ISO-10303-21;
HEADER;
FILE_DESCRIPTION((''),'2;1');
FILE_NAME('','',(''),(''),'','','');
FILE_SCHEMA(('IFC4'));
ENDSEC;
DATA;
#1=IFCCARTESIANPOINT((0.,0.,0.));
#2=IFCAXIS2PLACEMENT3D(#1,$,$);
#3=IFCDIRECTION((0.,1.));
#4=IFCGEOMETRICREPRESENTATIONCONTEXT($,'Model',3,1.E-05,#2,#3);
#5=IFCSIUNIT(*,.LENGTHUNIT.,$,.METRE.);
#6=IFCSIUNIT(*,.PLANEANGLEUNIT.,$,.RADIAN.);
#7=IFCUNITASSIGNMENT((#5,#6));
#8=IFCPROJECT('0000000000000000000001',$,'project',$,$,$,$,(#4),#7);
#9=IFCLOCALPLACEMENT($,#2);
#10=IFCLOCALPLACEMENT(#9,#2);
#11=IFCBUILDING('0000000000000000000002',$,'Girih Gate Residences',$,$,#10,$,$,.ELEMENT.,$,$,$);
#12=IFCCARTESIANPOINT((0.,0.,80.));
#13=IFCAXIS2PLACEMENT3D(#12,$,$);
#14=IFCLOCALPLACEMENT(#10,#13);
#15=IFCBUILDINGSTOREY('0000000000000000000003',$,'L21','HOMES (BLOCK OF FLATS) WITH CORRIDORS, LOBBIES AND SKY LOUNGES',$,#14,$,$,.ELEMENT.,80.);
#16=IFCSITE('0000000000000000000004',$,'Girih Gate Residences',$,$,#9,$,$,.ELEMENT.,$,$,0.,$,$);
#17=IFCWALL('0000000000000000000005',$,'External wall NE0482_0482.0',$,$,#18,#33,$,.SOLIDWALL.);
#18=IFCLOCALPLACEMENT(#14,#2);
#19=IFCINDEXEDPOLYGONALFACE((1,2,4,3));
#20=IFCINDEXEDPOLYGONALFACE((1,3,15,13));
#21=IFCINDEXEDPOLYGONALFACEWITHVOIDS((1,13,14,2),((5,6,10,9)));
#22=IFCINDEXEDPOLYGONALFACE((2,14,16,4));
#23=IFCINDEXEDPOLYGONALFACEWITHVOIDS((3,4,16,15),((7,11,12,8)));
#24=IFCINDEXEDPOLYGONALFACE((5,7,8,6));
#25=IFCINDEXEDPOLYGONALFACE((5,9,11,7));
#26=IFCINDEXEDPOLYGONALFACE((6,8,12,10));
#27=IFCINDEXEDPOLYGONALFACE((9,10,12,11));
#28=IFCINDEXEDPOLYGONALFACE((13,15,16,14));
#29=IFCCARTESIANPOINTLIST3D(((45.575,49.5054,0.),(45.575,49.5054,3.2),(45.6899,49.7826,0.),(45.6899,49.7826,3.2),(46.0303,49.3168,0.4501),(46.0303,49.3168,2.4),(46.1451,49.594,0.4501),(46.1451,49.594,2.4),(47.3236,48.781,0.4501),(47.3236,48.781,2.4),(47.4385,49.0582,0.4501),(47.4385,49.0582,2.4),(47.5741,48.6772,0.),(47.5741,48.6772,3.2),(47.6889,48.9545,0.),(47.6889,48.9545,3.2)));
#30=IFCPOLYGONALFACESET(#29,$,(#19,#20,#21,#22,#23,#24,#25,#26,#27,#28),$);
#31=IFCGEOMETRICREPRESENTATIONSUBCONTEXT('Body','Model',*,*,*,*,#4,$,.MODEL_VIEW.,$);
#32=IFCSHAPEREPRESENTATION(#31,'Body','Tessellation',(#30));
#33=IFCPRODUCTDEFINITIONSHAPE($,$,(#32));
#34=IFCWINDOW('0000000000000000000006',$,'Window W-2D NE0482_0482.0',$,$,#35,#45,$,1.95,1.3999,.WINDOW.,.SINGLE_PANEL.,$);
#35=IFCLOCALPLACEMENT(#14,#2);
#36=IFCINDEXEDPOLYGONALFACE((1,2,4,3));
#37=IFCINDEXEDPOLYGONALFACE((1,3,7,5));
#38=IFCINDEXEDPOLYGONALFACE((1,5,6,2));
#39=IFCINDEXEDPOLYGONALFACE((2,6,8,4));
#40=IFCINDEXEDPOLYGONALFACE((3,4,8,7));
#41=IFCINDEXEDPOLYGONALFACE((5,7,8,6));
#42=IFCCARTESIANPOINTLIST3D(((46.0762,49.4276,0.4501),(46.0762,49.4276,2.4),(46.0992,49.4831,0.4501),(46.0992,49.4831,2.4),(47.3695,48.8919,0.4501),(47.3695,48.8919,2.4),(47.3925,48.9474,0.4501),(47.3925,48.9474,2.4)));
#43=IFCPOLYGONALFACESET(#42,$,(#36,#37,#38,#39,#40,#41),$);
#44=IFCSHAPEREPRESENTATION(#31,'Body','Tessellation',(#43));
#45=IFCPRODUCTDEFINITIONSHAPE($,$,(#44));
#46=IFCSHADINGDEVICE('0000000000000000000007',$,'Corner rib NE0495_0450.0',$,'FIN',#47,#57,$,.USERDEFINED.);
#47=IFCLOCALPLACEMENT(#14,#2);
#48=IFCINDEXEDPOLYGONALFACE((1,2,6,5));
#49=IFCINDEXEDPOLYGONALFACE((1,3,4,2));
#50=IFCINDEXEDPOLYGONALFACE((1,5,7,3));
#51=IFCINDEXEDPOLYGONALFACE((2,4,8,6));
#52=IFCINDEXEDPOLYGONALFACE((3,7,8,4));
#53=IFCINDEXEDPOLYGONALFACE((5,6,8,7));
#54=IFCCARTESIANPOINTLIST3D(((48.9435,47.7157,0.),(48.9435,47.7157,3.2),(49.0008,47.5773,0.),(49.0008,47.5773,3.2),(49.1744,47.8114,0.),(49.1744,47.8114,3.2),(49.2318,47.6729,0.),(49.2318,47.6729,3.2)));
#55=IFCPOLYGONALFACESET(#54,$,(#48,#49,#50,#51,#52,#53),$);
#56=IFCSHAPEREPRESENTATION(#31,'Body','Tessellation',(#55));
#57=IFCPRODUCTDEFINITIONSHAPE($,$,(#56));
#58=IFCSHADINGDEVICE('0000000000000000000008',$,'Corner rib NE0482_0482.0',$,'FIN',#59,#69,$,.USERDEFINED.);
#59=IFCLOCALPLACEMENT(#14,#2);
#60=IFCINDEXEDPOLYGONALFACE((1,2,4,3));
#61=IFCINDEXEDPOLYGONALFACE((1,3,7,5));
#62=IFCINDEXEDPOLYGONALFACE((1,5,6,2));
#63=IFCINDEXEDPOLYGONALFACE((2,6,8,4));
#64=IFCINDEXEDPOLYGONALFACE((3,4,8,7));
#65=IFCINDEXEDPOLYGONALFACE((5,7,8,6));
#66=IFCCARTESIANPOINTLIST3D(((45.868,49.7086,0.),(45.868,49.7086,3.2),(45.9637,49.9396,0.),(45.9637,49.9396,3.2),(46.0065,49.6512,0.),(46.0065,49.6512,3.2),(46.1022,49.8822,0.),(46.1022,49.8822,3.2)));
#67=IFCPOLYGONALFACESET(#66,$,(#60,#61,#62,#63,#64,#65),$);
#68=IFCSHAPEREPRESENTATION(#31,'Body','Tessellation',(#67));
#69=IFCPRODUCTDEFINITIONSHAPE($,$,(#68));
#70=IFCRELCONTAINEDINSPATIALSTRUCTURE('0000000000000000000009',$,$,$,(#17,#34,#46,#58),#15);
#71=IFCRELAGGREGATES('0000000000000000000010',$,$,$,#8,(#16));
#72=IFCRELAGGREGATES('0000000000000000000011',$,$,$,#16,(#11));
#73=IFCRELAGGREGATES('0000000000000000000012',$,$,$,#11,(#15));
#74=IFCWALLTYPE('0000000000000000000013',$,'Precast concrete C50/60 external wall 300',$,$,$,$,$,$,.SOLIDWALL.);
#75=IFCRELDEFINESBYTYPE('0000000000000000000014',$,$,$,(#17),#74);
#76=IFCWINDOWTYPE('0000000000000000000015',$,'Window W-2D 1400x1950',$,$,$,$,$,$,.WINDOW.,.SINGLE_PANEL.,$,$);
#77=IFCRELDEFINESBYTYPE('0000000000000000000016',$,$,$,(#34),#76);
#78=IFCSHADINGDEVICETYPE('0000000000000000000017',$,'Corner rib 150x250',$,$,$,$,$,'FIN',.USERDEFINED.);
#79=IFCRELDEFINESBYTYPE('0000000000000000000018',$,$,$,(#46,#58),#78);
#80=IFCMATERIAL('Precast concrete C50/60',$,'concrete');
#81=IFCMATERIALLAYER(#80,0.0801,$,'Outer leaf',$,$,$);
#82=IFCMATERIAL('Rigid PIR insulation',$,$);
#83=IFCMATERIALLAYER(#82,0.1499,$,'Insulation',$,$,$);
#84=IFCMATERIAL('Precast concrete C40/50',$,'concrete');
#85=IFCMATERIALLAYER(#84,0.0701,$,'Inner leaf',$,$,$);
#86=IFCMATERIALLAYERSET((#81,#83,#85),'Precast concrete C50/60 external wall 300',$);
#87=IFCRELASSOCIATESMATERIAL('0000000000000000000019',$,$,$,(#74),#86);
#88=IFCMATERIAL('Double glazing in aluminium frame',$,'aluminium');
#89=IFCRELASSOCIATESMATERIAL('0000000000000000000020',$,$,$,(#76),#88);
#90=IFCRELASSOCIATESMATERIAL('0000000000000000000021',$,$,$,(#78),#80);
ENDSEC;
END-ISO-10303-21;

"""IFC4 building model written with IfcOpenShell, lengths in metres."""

from ifc_helpers import new_model, si_unit, direction, frame, frame_2d, origin, origin_2d, place, context, subcontext, project, spatial, rectangle, extrude, material, layer, layer_set, type_object, element, fill, save


model = new_model("IFC4")

# Units and contexts
model_context = context("Model", 3, precision=1e-05, world=origin(), true_north=direction((0.0, 1.0)))
body_context = subcontext(model_context, "Body", "Model", "MODEL_VIEW")
ifc_project = project(units=[si_unit("LENGTHUNIT", "METRE"), si_unit("PLANEANGLEUNIT", "RADIAN")], contexts=[model_context])

# Site, building, storey
site_placement = place(None, origin())
site = spatial("IfcSite", under=ifc_project, at=site_placement, Name="Girih Gate Residences", CompositionType="ELEMENT", RefElevation=0.0)
building_placement = place(site_placement, origin())
building = spatial("IfcBuilding", under=site, at=building_placement, Name="Girih Gate Residences", CompositionType="ELEMENT")
storey_placement = place(building_placement, frame((0.0, 0.0, 80.0)))
storey = spatial("IfcBuildingStorey", under=building, at=storey_placement, Name="L21", Description="HOMES (BLOCK OF FLATS) WITH CORRIDORS, LOBBIES AND SKY LOUNGES", CompositionType="ELEMENT", Elevation=80.0)

# Wall, opening, window
ifc_material_1 = material(Name="Precast concrete C50/60", Category="concrete")
ifc_layer_1 = layer(ifc_material_1, 0.0801, Name="Outer leaf")
ifc_material_2 = material(Name="Rigid PIR insulation")
ifc_layer_2 = layer(ifc_material_2, 0.1499, Name="Insulation")
ifc_material_3 = material(Name="Precast concrete C40/50", Category="concrete")
ifc_layer_3 = layer(ifc_material_3, 0.0701, Name="Inner leaf")
ifc_layer_set_1 = layer_set([ifc_layer_1, ifc_layer_2, ifc_layer_3], Name="Precast concrete C50/60 external wall 300")
wall_type_1 = type_object("IfcWallType", Name="Precast concrete C50/60 external wall 300", PredefinedType="SOLIDWALL", material=ifc_layer_set_1)
ifc_material_4 = material(Name="Double glazing in aluminium frame", Category="aluminium")
window_type_1 = type_object("IfcWindowType", Name="Window W-2D 1400x1950", PartitioningType="SINGLE_PANEL", PredefinedType="WINDOW", material=ifc_material_4)
wall_1_placement = place(storey_placement, frame((45.6323, 49.644, 0.0), z_axis=(0.0, 0.0, 1.0), x_axis=(0.923863, -0.382724, 0.0)))
wall_1 = element("IfcWall", 1, at=wall_1_placement, inside=storey, type_object=wall_type_1, Name="External wall NE0482_0482.0", PredefinedType="SOLIDWALL", context=body_context, shape_type="SweptSolid", body=[
    extrude(rectangle(XDim=2.1638, YDim=0.3, at=frame_2d((1.082, 0.0))), origin(), (0.0, 0.0, 1.0), 3.2),
])
opening_1_placement = place(wall_1_placement, frame((0.4929, 0.0, 0.45)))
opening_1 = element("IfcOpeningElement", 2, at=opening_1_placement, cuts=wall_1, PredefinedType="OPENING", context=body_context, shape_type="SweptSolid", body=[
    extrude(rectangle(XDim=1.3999, YDim=1.95, at=frame_2d((0.7, 0.9751))), frame((0.0, 0.1599, 0.0), z_axis=(0.0, -1.0, 0.0), x_axis=(1.0, 0.0, 0.0)), (0.0, 0.0, 1.0), 0.3201),
])
window_1_placement = place(opening_1_placement, origin())
window_1 = element("IfcWindow", 3, at=window_1_placement, inside=storey, type_object=window_type_1, Name="Window W-2D NE0482_0482.0", OverallHeight=1.95, OverallWidth=1.3999, PartitioningType="SINGLE_PANEL", PredefinedType="WINDOW", context=body_context, shape_type="SweptSolid", body=[
    extrude(rectangle(XDim=1.3999, YDim=1.95, at=frame_2d((0.7, 0.9751))), frame((0.0, 0.03, 0.0), z_axis=(0.0, -1.0, 0.0), x_axis=(1.0, 0.0, 0.0)), (0.0, 0.0, 1.0), 0.0601),
])
fill(opening_1, window_1)

# Shading devices
shading_device_type = type_object("IfcShadingDeviceType", Name="Corner rib 150x250", ElementType="FIN", PredefinedType="USERDEFINED", material=ifc_material_1)
for number, where, z_axis, x_axis, name in (
    (4, (49.0876, 47.6943, 0.0), (0.0, 0.0, 1.0), (-0.382683, 0.92388, 0.0), "Corner rib NE0495_0450.0"),
    (5, (45.9851, 49.7954, 0.0), (0.0, 0.0, 1.0), (-0.92388, 0.382683, 0.0), "Corner rib NE0482_0482.0"),
):
    element("IfcShadingDevice", number, at=place(storey_placement, frame(where, z_axis=z_axis, x_axis=x_axis)), inside=storey, type_object=shading_device_type, Name=name, ObjectType="FIN", PredefinedType="USERDEFINED", context=body_context, shape_type="SweptSolid", body=[
        extrude(rectangle(XDim=0.1499, YDim=0.25, at=origin_2d()), origin(), (0.0, 0.0, 1.0), 3.2),
    ])

save(model, "model.ifc")
